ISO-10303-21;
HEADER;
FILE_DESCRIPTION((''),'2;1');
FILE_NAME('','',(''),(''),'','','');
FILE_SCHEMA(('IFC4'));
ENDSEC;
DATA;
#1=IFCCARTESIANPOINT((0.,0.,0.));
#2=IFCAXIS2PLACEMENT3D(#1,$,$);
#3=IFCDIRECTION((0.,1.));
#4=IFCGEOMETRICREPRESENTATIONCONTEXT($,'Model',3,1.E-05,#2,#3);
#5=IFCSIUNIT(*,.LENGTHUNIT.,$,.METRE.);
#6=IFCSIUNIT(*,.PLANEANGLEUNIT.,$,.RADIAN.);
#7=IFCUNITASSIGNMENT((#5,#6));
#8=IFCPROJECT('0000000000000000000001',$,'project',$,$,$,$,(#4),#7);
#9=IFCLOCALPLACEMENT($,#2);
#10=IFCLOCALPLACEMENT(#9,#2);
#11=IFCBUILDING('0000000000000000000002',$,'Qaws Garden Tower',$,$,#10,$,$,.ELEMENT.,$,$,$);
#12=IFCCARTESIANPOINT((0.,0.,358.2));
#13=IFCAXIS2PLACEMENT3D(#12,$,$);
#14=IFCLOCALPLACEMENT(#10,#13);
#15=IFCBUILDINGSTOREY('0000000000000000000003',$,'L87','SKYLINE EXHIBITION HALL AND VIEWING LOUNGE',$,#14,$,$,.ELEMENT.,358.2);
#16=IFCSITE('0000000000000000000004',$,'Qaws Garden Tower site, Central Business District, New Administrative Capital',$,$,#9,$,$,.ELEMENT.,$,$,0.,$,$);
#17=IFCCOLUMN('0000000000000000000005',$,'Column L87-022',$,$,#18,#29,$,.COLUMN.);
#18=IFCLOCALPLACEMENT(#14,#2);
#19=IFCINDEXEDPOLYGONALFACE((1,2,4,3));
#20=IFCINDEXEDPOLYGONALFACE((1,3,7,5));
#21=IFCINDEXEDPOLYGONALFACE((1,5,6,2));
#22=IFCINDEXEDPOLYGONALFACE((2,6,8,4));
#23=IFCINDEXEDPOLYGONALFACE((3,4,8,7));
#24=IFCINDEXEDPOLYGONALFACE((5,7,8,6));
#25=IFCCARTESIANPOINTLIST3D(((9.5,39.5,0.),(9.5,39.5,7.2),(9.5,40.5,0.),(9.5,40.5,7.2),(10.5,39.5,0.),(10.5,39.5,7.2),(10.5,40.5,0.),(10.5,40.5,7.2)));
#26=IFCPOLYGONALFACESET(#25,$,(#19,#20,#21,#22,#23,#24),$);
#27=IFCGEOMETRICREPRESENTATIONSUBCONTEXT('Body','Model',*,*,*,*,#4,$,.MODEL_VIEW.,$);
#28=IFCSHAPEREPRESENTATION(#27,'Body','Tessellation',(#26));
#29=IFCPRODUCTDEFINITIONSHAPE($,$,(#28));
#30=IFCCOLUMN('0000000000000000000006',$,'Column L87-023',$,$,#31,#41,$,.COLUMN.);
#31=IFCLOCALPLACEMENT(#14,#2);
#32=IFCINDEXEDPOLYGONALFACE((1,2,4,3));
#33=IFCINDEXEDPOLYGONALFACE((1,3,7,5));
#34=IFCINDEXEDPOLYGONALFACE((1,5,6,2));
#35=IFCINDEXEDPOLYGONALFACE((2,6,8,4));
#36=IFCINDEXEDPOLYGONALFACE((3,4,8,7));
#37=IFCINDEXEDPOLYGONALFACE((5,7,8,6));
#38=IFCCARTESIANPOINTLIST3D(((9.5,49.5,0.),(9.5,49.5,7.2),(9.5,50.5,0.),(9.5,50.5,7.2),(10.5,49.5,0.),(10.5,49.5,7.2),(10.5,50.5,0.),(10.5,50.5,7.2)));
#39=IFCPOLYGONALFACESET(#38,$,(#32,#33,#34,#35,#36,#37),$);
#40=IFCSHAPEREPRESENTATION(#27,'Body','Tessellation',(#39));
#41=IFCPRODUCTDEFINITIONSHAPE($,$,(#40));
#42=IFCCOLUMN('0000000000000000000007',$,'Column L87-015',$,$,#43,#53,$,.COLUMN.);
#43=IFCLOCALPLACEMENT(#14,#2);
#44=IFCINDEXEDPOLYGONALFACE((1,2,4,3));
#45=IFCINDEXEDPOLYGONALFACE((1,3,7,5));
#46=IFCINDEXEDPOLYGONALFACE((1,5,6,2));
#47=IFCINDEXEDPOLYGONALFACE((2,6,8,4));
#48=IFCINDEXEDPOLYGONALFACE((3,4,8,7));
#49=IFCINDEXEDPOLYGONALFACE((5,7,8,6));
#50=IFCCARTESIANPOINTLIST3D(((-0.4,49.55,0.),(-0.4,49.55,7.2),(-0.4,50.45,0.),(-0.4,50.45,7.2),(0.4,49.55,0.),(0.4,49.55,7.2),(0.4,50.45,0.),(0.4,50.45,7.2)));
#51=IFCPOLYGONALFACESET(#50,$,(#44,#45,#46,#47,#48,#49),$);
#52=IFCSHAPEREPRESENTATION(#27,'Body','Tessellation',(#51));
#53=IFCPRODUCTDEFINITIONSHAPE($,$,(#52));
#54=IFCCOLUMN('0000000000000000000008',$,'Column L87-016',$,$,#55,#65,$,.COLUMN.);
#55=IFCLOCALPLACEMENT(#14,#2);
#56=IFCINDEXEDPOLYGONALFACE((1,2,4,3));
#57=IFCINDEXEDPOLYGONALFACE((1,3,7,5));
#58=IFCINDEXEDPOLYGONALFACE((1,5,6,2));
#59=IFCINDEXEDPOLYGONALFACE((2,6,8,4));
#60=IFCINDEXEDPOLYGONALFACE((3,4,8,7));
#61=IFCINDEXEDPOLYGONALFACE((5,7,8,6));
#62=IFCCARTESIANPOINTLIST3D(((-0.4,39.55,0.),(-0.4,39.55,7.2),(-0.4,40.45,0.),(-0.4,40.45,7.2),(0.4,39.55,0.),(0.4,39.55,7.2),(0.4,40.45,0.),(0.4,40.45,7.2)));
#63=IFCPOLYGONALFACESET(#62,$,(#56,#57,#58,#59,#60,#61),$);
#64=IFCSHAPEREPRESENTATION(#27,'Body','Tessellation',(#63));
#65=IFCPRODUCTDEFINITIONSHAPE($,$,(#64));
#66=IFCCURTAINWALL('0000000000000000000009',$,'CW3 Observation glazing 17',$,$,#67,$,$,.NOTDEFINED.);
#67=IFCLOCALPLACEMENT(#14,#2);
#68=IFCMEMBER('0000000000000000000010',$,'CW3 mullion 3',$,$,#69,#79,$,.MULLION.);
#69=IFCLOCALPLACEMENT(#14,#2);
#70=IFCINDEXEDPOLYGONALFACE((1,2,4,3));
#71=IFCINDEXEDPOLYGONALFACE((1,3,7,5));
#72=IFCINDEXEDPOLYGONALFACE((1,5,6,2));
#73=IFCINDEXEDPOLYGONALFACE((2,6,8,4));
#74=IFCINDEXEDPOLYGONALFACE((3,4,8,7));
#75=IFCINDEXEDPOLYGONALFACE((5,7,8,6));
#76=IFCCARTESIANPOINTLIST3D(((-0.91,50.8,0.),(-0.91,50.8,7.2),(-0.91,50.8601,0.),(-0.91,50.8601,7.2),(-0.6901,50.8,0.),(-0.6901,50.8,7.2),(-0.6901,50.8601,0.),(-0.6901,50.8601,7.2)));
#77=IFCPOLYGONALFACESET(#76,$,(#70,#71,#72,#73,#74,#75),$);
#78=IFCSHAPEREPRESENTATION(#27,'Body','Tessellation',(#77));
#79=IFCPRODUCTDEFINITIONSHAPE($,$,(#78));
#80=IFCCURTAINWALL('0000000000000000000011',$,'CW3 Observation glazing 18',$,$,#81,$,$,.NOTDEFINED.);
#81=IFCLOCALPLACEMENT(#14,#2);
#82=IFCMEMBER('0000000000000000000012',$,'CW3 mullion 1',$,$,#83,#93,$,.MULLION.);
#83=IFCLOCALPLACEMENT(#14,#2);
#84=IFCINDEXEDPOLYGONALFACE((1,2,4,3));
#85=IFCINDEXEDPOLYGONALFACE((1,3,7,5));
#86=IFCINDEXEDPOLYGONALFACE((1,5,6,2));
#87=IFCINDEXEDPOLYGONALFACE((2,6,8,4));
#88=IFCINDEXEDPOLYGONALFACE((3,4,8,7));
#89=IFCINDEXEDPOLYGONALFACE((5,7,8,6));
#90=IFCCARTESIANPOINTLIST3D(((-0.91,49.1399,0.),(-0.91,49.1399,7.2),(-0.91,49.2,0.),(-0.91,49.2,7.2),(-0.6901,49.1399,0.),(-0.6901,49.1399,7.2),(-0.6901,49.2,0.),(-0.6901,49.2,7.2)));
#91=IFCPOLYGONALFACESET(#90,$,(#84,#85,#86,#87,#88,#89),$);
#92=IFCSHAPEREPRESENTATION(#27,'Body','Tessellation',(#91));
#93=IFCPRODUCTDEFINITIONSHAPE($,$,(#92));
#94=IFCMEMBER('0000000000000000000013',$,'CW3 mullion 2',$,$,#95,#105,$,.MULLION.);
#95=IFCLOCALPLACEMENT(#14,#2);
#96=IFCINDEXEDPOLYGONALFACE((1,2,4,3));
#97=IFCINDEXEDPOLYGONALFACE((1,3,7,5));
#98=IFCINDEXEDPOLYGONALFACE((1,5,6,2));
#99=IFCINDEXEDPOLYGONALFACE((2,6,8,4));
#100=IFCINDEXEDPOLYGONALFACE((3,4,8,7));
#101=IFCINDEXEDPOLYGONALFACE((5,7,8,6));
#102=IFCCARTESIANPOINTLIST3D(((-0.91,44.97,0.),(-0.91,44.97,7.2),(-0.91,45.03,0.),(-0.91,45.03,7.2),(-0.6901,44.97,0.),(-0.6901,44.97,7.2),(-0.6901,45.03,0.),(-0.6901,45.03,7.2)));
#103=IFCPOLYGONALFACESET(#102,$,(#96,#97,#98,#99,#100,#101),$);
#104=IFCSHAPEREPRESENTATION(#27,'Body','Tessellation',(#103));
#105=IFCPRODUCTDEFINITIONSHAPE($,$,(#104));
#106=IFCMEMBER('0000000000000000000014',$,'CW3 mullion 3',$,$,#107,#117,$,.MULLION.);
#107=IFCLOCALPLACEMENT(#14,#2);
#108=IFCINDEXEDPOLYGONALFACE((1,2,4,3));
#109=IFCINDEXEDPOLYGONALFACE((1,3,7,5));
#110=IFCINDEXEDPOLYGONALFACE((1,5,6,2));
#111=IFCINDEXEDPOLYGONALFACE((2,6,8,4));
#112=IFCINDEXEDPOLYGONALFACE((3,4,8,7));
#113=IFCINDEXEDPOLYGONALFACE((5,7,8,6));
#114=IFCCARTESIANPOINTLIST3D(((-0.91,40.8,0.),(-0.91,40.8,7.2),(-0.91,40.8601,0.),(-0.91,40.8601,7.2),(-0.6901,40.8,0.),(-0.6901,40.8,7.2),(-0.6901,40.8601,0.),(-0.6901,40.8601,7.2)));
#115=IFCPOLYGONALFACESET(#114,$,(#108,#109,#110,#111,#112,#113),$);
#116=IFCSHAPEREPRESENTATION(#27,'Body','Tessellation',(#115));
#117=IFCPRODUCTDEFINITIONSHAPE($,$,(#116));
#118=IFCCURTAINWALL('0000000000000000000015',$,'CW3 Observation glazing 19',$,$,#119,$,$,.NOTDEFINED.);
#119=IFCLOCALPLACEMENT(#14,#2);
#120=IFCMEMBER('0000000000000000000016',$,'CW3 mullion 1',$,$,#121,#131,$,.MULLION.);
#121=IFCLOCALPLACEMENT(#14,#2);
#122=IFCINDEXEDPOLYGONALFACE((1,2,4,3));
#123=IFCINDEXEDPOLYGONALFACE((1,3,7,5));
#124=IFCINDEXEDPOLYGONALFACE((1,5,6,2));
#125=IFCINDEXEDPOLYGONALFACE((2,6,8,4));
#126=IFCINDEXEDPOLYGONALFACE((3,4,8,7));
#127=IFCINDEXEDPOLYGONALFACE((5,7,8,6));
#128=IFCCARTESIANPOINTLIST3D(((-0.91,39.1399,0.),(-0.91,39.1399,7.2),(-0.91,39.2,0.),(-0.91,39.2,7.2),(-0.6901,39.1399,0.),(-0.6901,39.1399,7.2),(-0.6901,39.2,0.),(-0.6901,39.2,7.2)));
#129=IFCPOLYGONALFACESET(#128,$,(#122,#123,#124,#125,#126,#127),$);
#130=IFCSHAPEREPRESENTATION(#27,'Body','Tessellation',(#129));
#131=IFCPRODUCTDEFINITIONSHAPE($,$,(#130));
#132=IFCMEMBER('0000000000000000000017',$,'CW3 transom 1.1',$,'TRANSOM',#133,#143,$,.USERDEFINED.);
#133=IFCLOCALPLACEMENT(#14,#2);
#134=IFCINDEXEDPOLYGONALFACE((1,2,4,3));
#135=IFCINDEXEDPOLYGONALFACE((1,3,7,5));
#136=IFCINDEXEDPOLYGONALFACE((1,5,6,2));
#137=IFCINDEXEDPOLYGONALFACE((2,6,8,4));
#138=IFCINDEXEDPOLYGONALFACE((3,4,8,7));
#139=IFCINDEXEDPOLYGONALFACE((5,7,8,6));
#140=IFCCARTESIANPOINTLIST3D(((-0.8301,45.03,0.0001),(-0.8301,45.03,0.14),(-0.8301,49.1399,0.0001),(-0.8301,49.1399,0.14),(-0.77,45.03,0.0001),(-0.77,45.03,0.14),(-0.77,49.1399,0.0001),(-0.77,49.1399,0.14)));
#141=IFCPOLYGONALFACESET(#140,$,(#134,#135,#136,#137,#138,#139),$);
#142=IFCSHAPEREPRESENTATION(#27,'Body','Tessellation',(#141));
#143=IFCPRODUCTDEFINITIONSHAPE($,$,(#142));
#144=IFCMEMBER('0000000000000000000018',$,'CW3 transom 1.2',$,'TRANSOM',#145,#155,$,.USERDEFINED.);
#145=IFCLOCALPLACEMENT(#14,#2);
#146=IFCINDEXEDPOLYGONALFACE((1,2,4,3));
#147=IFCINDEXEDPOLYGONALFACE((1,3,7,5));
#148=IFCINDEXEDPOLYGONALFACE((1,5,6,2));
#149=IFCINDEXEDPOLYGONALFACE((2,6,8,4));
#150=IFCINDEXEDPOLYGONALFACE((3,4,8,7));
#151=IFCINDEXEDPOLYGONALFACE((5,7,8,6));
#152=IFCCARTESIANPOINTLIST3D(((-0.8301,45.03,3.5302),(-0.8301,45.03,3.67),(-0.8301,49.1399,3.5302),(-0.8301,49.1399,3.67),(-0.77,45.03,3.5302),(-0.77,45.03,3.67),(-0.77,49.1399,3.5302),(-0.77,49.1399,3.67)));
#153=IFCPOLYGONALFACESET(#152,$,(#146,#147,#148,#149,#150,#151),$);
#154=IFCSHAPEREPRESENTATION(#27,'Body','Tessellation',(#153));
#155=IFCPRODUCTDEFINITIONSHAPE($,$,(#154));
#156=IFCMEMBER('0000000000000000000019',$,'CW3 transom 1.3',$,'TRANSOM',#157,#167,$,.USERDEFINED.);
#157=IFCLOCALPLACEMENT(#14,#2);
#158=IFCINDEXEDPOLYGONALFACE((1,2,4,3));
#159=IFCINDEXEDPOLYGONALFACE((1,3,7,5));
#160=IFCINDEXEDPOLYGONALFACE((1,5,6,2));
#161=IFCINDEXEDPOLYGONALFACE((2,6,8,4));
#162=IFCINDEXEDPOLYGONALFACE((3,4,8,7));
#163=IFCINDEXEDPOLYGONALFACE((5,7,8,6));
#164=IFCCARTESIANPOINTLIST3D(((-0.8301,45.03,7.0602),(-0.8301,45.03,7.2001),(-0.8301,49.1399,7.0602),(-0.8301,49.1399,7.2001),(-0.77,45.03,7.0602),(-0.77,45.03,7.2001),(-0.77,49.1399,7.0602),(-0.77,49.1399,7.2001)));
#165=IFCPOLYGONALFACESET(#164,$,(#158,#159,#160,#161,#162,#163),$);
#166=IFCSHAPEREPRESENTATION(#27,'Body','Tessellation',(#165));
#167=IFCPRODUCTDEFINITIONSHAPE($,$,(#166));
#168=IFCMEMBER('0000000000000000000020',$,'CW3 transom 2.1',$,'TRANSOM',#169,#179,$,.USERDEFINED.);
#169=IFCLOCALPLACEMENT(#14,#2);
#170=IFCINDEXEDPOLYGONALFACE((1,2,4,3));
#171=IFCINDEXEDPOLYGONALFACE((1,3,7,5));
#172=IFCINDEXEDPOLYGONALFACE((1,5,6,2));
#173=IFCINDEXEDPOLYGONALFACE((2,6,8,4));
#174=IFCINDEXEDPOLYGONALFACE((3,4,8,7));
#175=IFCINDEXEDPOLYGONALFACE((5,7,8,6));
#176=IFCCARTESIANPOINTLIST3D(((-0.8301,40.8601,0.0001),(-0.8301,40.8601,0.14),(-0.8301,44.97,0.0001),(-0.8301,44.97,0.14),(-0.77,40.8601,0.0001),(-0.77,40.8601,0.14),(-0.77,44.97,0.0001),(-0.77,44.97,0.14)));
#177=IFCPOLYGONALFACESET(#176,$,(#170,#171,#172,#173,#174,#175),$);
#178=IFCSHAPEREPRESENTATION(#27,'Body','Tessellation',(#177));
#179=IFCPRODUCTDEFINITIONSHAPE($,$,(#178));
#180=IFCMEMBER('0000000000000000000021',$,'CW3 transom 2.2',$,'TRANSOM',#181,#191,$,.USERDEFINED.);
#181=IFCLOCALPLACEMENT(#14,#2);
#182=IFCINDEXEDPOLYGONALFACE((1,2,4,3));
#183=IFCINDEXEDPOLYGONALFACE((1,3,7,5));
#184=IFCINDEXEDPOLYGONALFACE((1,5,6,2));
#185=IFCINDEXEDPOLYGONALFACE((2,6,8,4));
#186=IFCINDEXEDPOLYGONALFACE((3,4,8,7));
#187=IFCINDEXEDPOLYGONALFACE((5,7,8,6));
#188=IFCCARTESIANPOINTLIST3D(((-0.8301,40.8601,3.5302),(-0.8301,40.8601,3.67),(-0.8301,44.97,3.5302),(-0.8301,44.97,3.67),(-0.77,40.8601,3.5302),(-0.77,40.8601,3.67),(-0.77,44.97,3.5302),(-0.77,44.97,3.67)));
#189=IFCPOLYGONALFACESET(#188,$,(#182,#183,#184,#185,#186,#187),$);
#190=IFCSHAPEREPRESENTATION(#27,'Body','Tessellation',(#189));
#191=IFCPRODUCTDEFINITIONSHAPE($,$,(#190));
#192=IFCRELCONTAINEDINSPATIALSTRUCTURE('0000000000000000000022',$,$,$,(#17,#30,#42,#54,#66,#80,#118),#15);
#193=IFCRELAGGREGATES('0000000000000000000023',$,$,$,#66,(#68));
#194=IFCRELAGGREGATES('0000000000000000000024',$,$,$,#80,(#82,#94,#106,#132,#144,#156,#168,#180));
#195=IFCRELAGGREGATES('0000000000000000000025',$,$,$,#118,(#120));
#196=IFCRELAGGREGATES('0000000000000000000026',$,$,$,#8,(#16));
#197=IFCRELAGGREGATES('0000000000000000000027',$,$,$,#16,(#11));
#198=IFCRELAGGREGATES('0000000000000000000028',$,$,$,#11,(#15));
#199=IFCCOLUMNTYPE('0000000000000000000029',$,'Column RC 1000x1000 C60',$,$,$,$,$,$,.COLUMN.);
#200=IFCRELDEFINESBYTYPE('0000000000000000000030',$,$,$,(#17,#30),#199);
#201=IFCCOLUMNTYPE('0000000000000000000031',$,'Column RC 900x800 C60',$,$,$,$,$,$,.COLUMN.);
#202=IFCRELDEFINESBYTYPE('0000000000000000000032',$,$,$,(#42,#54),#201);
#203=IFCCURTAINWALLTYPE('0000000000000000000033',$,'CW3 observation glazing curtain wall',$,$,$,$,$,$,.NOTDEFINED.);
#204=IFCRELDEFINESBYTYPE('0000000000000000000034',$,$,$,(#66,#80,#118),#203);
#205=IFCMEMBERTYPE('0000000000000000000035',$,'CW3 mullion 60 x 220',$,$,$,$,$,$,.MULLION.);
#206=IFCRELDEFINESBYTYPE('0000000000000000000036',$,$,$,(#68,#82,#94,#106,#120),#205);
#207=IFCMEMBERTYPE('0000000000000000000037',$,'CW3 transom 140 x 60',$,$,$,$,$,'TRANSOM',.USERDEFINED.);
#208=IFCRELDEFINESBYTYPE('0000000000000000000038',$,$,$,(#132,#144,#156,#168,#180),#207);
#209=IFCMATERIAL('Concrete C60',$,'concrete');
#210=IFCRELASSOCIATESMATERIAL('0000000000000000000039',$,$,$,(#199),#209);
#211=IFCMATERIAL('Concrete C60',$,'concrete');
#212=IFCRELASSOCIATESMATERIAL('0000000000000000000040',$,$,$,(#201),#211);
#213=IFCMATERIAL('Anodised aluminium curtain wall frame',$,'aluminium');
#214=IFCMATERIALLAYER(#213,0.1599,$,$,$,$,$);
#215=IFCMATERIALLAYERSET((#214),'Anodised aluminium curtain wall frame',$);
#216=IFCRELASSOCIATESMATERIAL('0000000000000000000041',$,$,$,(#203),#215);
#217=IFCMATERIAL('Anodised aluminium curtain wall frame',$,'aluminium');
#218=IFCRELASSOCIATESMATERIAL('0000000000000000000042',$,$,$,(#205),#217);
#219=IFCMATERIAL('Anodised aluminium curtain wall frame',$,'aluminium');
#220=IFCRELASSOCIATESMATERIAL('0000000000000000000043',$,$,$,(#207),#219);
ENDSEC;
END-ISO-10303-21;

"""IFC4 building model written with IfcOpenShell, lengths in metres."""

from ifc_helpers import new_model, si_unit, direction, frame, origin, origin_2d, place, context, subcontext, project, spatial, rectangle, extrude, material, layer, layer_set, material_profile, profile_set, type_object, element, aggregate, save


model = new_model("IFC4")

# Units and contexts
model_context = context("Model", 3, precision=1e-05, world=origin(), true_north=direction((0.0, 1.0)))
body_context = subcontext(model_context, "Body", "Model", "MODEL_VIEW")
ifc_project = project(units=[si_unit("LENGTHUNIT", "METRE"), si_unit("PLANEANGLEUNIT", "RADIAN")], contexts=[model_context])

# Site, building, storey
site_placement = place(None, origin())
site = spatial("IfcSite", under=ifc_project, at=site_placement, Name="Qaws Garden Tower site, Central Business District, New Administrative Capital", CompositionType="ELEMENT", RefElevation=0.0)
building_placement = place(site_placement, origin())
building = spatial("IfcBuilding", under=site, at=building_placement, Name="Qaws Garden Tower", CompositionType="ELEMENT")
storey_placement = place(building_placement, frame((0.0, 0.0, 358.2)))
storey = spatial("IfcBuildingStorey", under=building, at=storey_placement, Name="L87", Description="SKYLINE EXHIBITION HALL AND VIEWING LOUNGE", CompositionType="ELEMENT", Elevation=358.2)

# Columns
ifc_material_1 = material(Name="Concrete C60", Category="concrete")
ifc_material_profile_1 = material_profile(ifc_material_1, rectangle(XDim=1.0, YDim=1.0, at=origin_2d()), Name="RC 1000x1000")
ifc_profile_set_1 = profile_set([ifc_material_profile_1], Name="Concrete C60")
column_type_1 = type_object("IfcColumnType", Name="Column RC 1000x1000 C60", PredefinedType="COLUMN", material=ifc_profile_set_1)
for number, where, z_axis, x_axis, name in (
    (1, (10.0, 40.0, 0.0), (0.0, 0.0, 1.0), (1.0, 0.0, 0.0), "Column L87-022"),
    (2, (10.0, 50.0, 0.0), (0.0, 0.0, 1.0), (1.0, 0.0, 0.0), "Column L87-023"),
):
    element("IfcColumn", number, at=place(storey_placement, frame(where, z_axis=z_axis, x_axis=x_axis)), inside=storey, type_object=column_type_1, Name=name, PredefinedType="COLUMN", context=body_context, shape_type="SweptSolid", body=[
        extrude(rectangle(XDim=1.0, YDim=1.0, at=origin_2d()), origin(), (0.0, 0.0, 1.0), 7.2),
    ])
ifc_material_2 = material(Name="Concrete C60", Category="concrete")
ifc_material_profile_2 = material_profile(ifc_material_2, rectangle(XDim=0.8999, YDim=0.8, at=origin_2d()), Name="RC 900x800")
ifc_profile_set_2 = profile_set([ifc_material_profile_2], Name="Concrete C60")
column_type_2 = type_object("IfcColumnType", Name="Column RC 900x800 C60", PredefinedType="COLUMN", material=ifc_profile_set_2)
for number, where, z_axis, x_axis, name in (
    (3, (0.0, 50.0, 0.0), (0.0, 0.0, 1.0), (0.0, 1.0, 0.0), "Column L87-015"),
    (4, (0.0, 40.0, 0.0), (0.0, 0.0, 1.0), (0.0, 1.0, 0.0), "Column L87-016"),
):
    element("IfcColumn", number, at=place(storey_placement, frame(where, z_axis=z_axis, x_axis=x_axis)), inside=storey, type_object=column_type_2, Name=name, PredefinedType="COLUMN", context=body_context, shape_type="SweptSolid", body=[
        extrude(rectangle(XDim=0.8999, YDim=0.8, at=origin_2d()), origin(), (0.0, 0.0, 1.0), 7.2),
    ])

# Curtain wall, member
ifc_material_3 = material(Name="Anodised aluminium curtain wall frame", Category="aluminium")
ifc_layer_1 = layer(ifc_material_3, 0.1599)
ifc_layer_set_1 = layer_set([ifc_layer_1], Name="Anodised aluminium curtain wall frame")
curtain_wall_type = type_object("IfcCurtainWallType", Name="CW3 observation glazing curtain wall", PredefinedType="NOTDEFINED", material=ifc_layer_set_1)
placement = place(storey_placement, origin())
curtain_wall_1 = element("IfcCurtainWall", 5, at=placement, inside=storey, type_object=curtain_wall_type, Name="CW3 Observation glazing 17", PredefinedType="NOTDEFINED")
ifc_material_4 = material(Name="Anodised aluminium curtain wall frame", Category="aluminium")
ifc_material_profile_3 = material_profile(ifc_material_4, rectangle(XDim=0.22, YDim=0.0601, at=origin_2d()), Name="AL 60x220")
ifc_profile_set_3 = profile_set([ifc_material_profile_3], Name="Anodised aluminium curtain wall frame")
member_type_1 = type_object("IfcMemberType", Name="CW3 mullion 60 x 220", PredefinedType="MULLION", material=ifc_profile_set_3)
member_1_placement = place(storey_placement, frame((-0.8, 50.8301, 0.0), z_axis=(0.0, 0.0, 1.0), x_axis=(1.0, 0.0, 0.0)))
member_1 = element("IfcMember", 6, at=member_1_placement, type_object=member_type_1, Name="CW3 mullion 3", PredefinedType="MULLION", context=body_context, shape_type="SweptSolid", body=[
    extrude(rectangle(XDim=0.22, YDim=0.0601, at=origin_2d()), origin(), (0.0, 0.0, 1.0), 7.2),
])
aggregate(curtain_wall_1, [member_1])

# Curtain wall, members
curtain_wall_2 = element("IfcCurtainWall", 7, at=placement, inside=storey, type_object=curtain_wall_type, Name="CW3 Observation glazing 18", PredefinedType="NOTDEFINED")
member_2_placement = place(storey_placement, frame((-0.8, 49.1699, 0.0), z_axis=(0.0, 0.0, 1.0), x_axis=(1.0, 0.0, 0.0)))
member_2 = element("IfcMember", 8, at=member_2_placement, type_object=member_type_1, Name="CW3 mullion 1", PredefinedType="MULLION", context=body_context, shape_type="SweptSolid", body=[
    extrude(rectangle(XDim=0.22, YDim=0.0601, at=origin_2d()), origin(), (0.0, 0.0, 1.0), 7.2),
])
member_3_placement = place(storey_placement, frame((-0.8, 45.0, 0.0), z_axis=(0.0, 0.0, 1.0), x_axis=(1.0, 0.0, 0.0)))
member_3 = element("IfcMember", 9, at=member_3_placement, type_object=member_type_1, Name="CW3 mullion 2", PredefinedType="MULLION", context=body_context, shape_type="SweptSolid", body=[
    extrude(rectangle(XDim=0.22, YDim=0.0601, at=origin_2d()), origin(), (0.0, 0.0, 1.0), 7.2),
])
member_4_placement = place(storey_placement, frame((-0.8, 40.8301, 0.0), z_axis=(0.0, 0.0, 1.0), x_axis=(1.0, 0.0, 0.0)))
member_4 = element("IfcMember", 10, at=member_4_placement, type_object=member_type_1, Name="CW3 mullion 3", PredefinedType="MULLION", context=body_context, shape_type="SweptSolid", body=[
    extrude(rectangle(XDim=0.22, YDim=0.0601, at=origin_2d()), origin(), (0.0, 0.0, 1.0), 7.2),
])

# Curtain wall, member
curtain_wall_3 = element("IfcCurtainWall", 11, at=placement, inside=storey, type_object=curtain_wall_type, Name="CW3 Observation glazing 19", PredefinedType="NOTDEFINED")
member_5_placement = place(storey_placement, frame((-0.8, 39.1699, 0.0), z_axis=(0.0, 0.0, 1.0), x_axis=(1.0, 0.0, 0.0)))
member_5 = element("IfcMember", 12, at=member_5_placement, type_object=member_type_1, Name="CW3 mullion 1", PredefinedType="MULLION", context=body_context, shape_type="SweptSolid", body=[
    extrude(rectangle(XDim=0.22, YDim=0.0601, at=origin_2d()), origin(), (0.0, 0.0, 1.0), 7.2),
])

# Members
ifc_material_5 = material(Name="Anodised aluminium curtain wall frame", Category="aluminium")
ifc_material_profile_4 = material_profile(ifc_material_5, rectangle(XDim=0.0601, YDim=0.1399, at=origin_2d()), Name="AL 60x140")
ifc_profile_set_4 = profile_set([ifc_material_profile_4], Name="Anodised aluminium curtain wall frame")
member_type_2 = type_object("IfcMemberType", Name="CW3 transom 140 x 60", ElementType="TRANSOM", PredefinedType="USERDEFINED", material=ifc_profile_set_4)
member_6_placement = place(storey_placement, frame((-0.8, 49.1399, 0.0701), z_axis=(0.0, -1.0, 0.0), x_axis=(1.0, 0.0, 0.0)))
member_6 = element("IfcMember", 13, at=member_6_placement, type_object=member_type_2, Name="CW3 transom 1.1", ObjectType="TRANSOM", PredefinedType="USERDEFINED", context=body_context, shape_type="SweptSolid", body=[
    extrude(rectangle(XDim=0.0601, YDim=0.1399, at=origin_2d()), origin(), (0.0, 0.0, 1.0), 4.1099),
])
member_7_placement = place(storey_placement, frame((-0.8, 49.1399, 3.6001), z_axis=(0.0, -1.0, 0.0), x_axis=(1.0, 0.0, 0.0)))
member_7 = element("IfcMember", 14, at=member_7_placement, type_object=member_type_2, Name="CW3 transom 1.2", ObjectType="TRANSOM", PredefinedType="USERDEFINED", context=body_context, shape_type="SweptSolid", body=[
    extrude(rectangle(XDim=0.0601, YDim=0.1399, at=origin_2d()), origin(), (0.0, 0.0, 1.0), 4.1099),
])
member_8_placement = place(storey_placement, frame((-0.8, 49.1399, 7.1301), z_axis=(0.0, -1.0, 0.0), x_axis=(1.0, 0.0, 0.0)))
member_8 = element("IfcMember", 15, at=member_8_placement, type_object=member_type_2, Name="CW3 transom 1.3", ObjectType="TRANSOM", PredefinedType="USERDEFINED", context=body_context, shape_type="SweptSolid", body=[
    extrude(rectangle(XDim=0.0601, YDim=0.1399, at=origin_2d()), origin(), (0.0, 0.0, 1.0), 4.1099),
])
member_9_placement = place(storey_placement, frame((-0.8, 44.97, 0.0701), z_axis=(0.0, -1.0, 0.0), x_axis=(1.0, 0.0, 0.0)))
member_9 = element("IfcMember", 16, at=member_9_placement, type_object=member_type_2, Name="CW3 transom 2.1", ObjectType="TRANSOM", PredefinedType="USERDEFINED", context=body_context, shape_type="SweptSolid", body=[
    extrude(rectangle(XDim=0.0601, YDim=0.1399, at=origin_2d()), origin(), (0.0, 0.0, 1.0), 4.1099),
])
member_10_placement = place(storey_placement, frame((-0.8, 44.97, 3.6001), z_axis=(0.0, -1.0, 0.0), x_axis=(1.0, 0.0, 0.0)))
member_10 = element("IfcMember", 17, at=member_10_placement, type_object=member_type_2, Name="CW3 transom 2.2", ObjectType="TRANSOM", PredefinedType="USERDEFINED", context=body_context, shape_type="SweptSolid", body=[
    extrude(rectangle(XDim=0.0601, YDim=0.1399, at=origin_2d()), origin(), (0.0, 0.0, 1.0), 4.1099),
])

aggregate(curtain_wall_2, [member_2, member_3, member_4, member_6, member_7, member_8, member_9, member_10])
aggregate(curtain_wall_3, [member_5])

save(model, "model.ifc")
